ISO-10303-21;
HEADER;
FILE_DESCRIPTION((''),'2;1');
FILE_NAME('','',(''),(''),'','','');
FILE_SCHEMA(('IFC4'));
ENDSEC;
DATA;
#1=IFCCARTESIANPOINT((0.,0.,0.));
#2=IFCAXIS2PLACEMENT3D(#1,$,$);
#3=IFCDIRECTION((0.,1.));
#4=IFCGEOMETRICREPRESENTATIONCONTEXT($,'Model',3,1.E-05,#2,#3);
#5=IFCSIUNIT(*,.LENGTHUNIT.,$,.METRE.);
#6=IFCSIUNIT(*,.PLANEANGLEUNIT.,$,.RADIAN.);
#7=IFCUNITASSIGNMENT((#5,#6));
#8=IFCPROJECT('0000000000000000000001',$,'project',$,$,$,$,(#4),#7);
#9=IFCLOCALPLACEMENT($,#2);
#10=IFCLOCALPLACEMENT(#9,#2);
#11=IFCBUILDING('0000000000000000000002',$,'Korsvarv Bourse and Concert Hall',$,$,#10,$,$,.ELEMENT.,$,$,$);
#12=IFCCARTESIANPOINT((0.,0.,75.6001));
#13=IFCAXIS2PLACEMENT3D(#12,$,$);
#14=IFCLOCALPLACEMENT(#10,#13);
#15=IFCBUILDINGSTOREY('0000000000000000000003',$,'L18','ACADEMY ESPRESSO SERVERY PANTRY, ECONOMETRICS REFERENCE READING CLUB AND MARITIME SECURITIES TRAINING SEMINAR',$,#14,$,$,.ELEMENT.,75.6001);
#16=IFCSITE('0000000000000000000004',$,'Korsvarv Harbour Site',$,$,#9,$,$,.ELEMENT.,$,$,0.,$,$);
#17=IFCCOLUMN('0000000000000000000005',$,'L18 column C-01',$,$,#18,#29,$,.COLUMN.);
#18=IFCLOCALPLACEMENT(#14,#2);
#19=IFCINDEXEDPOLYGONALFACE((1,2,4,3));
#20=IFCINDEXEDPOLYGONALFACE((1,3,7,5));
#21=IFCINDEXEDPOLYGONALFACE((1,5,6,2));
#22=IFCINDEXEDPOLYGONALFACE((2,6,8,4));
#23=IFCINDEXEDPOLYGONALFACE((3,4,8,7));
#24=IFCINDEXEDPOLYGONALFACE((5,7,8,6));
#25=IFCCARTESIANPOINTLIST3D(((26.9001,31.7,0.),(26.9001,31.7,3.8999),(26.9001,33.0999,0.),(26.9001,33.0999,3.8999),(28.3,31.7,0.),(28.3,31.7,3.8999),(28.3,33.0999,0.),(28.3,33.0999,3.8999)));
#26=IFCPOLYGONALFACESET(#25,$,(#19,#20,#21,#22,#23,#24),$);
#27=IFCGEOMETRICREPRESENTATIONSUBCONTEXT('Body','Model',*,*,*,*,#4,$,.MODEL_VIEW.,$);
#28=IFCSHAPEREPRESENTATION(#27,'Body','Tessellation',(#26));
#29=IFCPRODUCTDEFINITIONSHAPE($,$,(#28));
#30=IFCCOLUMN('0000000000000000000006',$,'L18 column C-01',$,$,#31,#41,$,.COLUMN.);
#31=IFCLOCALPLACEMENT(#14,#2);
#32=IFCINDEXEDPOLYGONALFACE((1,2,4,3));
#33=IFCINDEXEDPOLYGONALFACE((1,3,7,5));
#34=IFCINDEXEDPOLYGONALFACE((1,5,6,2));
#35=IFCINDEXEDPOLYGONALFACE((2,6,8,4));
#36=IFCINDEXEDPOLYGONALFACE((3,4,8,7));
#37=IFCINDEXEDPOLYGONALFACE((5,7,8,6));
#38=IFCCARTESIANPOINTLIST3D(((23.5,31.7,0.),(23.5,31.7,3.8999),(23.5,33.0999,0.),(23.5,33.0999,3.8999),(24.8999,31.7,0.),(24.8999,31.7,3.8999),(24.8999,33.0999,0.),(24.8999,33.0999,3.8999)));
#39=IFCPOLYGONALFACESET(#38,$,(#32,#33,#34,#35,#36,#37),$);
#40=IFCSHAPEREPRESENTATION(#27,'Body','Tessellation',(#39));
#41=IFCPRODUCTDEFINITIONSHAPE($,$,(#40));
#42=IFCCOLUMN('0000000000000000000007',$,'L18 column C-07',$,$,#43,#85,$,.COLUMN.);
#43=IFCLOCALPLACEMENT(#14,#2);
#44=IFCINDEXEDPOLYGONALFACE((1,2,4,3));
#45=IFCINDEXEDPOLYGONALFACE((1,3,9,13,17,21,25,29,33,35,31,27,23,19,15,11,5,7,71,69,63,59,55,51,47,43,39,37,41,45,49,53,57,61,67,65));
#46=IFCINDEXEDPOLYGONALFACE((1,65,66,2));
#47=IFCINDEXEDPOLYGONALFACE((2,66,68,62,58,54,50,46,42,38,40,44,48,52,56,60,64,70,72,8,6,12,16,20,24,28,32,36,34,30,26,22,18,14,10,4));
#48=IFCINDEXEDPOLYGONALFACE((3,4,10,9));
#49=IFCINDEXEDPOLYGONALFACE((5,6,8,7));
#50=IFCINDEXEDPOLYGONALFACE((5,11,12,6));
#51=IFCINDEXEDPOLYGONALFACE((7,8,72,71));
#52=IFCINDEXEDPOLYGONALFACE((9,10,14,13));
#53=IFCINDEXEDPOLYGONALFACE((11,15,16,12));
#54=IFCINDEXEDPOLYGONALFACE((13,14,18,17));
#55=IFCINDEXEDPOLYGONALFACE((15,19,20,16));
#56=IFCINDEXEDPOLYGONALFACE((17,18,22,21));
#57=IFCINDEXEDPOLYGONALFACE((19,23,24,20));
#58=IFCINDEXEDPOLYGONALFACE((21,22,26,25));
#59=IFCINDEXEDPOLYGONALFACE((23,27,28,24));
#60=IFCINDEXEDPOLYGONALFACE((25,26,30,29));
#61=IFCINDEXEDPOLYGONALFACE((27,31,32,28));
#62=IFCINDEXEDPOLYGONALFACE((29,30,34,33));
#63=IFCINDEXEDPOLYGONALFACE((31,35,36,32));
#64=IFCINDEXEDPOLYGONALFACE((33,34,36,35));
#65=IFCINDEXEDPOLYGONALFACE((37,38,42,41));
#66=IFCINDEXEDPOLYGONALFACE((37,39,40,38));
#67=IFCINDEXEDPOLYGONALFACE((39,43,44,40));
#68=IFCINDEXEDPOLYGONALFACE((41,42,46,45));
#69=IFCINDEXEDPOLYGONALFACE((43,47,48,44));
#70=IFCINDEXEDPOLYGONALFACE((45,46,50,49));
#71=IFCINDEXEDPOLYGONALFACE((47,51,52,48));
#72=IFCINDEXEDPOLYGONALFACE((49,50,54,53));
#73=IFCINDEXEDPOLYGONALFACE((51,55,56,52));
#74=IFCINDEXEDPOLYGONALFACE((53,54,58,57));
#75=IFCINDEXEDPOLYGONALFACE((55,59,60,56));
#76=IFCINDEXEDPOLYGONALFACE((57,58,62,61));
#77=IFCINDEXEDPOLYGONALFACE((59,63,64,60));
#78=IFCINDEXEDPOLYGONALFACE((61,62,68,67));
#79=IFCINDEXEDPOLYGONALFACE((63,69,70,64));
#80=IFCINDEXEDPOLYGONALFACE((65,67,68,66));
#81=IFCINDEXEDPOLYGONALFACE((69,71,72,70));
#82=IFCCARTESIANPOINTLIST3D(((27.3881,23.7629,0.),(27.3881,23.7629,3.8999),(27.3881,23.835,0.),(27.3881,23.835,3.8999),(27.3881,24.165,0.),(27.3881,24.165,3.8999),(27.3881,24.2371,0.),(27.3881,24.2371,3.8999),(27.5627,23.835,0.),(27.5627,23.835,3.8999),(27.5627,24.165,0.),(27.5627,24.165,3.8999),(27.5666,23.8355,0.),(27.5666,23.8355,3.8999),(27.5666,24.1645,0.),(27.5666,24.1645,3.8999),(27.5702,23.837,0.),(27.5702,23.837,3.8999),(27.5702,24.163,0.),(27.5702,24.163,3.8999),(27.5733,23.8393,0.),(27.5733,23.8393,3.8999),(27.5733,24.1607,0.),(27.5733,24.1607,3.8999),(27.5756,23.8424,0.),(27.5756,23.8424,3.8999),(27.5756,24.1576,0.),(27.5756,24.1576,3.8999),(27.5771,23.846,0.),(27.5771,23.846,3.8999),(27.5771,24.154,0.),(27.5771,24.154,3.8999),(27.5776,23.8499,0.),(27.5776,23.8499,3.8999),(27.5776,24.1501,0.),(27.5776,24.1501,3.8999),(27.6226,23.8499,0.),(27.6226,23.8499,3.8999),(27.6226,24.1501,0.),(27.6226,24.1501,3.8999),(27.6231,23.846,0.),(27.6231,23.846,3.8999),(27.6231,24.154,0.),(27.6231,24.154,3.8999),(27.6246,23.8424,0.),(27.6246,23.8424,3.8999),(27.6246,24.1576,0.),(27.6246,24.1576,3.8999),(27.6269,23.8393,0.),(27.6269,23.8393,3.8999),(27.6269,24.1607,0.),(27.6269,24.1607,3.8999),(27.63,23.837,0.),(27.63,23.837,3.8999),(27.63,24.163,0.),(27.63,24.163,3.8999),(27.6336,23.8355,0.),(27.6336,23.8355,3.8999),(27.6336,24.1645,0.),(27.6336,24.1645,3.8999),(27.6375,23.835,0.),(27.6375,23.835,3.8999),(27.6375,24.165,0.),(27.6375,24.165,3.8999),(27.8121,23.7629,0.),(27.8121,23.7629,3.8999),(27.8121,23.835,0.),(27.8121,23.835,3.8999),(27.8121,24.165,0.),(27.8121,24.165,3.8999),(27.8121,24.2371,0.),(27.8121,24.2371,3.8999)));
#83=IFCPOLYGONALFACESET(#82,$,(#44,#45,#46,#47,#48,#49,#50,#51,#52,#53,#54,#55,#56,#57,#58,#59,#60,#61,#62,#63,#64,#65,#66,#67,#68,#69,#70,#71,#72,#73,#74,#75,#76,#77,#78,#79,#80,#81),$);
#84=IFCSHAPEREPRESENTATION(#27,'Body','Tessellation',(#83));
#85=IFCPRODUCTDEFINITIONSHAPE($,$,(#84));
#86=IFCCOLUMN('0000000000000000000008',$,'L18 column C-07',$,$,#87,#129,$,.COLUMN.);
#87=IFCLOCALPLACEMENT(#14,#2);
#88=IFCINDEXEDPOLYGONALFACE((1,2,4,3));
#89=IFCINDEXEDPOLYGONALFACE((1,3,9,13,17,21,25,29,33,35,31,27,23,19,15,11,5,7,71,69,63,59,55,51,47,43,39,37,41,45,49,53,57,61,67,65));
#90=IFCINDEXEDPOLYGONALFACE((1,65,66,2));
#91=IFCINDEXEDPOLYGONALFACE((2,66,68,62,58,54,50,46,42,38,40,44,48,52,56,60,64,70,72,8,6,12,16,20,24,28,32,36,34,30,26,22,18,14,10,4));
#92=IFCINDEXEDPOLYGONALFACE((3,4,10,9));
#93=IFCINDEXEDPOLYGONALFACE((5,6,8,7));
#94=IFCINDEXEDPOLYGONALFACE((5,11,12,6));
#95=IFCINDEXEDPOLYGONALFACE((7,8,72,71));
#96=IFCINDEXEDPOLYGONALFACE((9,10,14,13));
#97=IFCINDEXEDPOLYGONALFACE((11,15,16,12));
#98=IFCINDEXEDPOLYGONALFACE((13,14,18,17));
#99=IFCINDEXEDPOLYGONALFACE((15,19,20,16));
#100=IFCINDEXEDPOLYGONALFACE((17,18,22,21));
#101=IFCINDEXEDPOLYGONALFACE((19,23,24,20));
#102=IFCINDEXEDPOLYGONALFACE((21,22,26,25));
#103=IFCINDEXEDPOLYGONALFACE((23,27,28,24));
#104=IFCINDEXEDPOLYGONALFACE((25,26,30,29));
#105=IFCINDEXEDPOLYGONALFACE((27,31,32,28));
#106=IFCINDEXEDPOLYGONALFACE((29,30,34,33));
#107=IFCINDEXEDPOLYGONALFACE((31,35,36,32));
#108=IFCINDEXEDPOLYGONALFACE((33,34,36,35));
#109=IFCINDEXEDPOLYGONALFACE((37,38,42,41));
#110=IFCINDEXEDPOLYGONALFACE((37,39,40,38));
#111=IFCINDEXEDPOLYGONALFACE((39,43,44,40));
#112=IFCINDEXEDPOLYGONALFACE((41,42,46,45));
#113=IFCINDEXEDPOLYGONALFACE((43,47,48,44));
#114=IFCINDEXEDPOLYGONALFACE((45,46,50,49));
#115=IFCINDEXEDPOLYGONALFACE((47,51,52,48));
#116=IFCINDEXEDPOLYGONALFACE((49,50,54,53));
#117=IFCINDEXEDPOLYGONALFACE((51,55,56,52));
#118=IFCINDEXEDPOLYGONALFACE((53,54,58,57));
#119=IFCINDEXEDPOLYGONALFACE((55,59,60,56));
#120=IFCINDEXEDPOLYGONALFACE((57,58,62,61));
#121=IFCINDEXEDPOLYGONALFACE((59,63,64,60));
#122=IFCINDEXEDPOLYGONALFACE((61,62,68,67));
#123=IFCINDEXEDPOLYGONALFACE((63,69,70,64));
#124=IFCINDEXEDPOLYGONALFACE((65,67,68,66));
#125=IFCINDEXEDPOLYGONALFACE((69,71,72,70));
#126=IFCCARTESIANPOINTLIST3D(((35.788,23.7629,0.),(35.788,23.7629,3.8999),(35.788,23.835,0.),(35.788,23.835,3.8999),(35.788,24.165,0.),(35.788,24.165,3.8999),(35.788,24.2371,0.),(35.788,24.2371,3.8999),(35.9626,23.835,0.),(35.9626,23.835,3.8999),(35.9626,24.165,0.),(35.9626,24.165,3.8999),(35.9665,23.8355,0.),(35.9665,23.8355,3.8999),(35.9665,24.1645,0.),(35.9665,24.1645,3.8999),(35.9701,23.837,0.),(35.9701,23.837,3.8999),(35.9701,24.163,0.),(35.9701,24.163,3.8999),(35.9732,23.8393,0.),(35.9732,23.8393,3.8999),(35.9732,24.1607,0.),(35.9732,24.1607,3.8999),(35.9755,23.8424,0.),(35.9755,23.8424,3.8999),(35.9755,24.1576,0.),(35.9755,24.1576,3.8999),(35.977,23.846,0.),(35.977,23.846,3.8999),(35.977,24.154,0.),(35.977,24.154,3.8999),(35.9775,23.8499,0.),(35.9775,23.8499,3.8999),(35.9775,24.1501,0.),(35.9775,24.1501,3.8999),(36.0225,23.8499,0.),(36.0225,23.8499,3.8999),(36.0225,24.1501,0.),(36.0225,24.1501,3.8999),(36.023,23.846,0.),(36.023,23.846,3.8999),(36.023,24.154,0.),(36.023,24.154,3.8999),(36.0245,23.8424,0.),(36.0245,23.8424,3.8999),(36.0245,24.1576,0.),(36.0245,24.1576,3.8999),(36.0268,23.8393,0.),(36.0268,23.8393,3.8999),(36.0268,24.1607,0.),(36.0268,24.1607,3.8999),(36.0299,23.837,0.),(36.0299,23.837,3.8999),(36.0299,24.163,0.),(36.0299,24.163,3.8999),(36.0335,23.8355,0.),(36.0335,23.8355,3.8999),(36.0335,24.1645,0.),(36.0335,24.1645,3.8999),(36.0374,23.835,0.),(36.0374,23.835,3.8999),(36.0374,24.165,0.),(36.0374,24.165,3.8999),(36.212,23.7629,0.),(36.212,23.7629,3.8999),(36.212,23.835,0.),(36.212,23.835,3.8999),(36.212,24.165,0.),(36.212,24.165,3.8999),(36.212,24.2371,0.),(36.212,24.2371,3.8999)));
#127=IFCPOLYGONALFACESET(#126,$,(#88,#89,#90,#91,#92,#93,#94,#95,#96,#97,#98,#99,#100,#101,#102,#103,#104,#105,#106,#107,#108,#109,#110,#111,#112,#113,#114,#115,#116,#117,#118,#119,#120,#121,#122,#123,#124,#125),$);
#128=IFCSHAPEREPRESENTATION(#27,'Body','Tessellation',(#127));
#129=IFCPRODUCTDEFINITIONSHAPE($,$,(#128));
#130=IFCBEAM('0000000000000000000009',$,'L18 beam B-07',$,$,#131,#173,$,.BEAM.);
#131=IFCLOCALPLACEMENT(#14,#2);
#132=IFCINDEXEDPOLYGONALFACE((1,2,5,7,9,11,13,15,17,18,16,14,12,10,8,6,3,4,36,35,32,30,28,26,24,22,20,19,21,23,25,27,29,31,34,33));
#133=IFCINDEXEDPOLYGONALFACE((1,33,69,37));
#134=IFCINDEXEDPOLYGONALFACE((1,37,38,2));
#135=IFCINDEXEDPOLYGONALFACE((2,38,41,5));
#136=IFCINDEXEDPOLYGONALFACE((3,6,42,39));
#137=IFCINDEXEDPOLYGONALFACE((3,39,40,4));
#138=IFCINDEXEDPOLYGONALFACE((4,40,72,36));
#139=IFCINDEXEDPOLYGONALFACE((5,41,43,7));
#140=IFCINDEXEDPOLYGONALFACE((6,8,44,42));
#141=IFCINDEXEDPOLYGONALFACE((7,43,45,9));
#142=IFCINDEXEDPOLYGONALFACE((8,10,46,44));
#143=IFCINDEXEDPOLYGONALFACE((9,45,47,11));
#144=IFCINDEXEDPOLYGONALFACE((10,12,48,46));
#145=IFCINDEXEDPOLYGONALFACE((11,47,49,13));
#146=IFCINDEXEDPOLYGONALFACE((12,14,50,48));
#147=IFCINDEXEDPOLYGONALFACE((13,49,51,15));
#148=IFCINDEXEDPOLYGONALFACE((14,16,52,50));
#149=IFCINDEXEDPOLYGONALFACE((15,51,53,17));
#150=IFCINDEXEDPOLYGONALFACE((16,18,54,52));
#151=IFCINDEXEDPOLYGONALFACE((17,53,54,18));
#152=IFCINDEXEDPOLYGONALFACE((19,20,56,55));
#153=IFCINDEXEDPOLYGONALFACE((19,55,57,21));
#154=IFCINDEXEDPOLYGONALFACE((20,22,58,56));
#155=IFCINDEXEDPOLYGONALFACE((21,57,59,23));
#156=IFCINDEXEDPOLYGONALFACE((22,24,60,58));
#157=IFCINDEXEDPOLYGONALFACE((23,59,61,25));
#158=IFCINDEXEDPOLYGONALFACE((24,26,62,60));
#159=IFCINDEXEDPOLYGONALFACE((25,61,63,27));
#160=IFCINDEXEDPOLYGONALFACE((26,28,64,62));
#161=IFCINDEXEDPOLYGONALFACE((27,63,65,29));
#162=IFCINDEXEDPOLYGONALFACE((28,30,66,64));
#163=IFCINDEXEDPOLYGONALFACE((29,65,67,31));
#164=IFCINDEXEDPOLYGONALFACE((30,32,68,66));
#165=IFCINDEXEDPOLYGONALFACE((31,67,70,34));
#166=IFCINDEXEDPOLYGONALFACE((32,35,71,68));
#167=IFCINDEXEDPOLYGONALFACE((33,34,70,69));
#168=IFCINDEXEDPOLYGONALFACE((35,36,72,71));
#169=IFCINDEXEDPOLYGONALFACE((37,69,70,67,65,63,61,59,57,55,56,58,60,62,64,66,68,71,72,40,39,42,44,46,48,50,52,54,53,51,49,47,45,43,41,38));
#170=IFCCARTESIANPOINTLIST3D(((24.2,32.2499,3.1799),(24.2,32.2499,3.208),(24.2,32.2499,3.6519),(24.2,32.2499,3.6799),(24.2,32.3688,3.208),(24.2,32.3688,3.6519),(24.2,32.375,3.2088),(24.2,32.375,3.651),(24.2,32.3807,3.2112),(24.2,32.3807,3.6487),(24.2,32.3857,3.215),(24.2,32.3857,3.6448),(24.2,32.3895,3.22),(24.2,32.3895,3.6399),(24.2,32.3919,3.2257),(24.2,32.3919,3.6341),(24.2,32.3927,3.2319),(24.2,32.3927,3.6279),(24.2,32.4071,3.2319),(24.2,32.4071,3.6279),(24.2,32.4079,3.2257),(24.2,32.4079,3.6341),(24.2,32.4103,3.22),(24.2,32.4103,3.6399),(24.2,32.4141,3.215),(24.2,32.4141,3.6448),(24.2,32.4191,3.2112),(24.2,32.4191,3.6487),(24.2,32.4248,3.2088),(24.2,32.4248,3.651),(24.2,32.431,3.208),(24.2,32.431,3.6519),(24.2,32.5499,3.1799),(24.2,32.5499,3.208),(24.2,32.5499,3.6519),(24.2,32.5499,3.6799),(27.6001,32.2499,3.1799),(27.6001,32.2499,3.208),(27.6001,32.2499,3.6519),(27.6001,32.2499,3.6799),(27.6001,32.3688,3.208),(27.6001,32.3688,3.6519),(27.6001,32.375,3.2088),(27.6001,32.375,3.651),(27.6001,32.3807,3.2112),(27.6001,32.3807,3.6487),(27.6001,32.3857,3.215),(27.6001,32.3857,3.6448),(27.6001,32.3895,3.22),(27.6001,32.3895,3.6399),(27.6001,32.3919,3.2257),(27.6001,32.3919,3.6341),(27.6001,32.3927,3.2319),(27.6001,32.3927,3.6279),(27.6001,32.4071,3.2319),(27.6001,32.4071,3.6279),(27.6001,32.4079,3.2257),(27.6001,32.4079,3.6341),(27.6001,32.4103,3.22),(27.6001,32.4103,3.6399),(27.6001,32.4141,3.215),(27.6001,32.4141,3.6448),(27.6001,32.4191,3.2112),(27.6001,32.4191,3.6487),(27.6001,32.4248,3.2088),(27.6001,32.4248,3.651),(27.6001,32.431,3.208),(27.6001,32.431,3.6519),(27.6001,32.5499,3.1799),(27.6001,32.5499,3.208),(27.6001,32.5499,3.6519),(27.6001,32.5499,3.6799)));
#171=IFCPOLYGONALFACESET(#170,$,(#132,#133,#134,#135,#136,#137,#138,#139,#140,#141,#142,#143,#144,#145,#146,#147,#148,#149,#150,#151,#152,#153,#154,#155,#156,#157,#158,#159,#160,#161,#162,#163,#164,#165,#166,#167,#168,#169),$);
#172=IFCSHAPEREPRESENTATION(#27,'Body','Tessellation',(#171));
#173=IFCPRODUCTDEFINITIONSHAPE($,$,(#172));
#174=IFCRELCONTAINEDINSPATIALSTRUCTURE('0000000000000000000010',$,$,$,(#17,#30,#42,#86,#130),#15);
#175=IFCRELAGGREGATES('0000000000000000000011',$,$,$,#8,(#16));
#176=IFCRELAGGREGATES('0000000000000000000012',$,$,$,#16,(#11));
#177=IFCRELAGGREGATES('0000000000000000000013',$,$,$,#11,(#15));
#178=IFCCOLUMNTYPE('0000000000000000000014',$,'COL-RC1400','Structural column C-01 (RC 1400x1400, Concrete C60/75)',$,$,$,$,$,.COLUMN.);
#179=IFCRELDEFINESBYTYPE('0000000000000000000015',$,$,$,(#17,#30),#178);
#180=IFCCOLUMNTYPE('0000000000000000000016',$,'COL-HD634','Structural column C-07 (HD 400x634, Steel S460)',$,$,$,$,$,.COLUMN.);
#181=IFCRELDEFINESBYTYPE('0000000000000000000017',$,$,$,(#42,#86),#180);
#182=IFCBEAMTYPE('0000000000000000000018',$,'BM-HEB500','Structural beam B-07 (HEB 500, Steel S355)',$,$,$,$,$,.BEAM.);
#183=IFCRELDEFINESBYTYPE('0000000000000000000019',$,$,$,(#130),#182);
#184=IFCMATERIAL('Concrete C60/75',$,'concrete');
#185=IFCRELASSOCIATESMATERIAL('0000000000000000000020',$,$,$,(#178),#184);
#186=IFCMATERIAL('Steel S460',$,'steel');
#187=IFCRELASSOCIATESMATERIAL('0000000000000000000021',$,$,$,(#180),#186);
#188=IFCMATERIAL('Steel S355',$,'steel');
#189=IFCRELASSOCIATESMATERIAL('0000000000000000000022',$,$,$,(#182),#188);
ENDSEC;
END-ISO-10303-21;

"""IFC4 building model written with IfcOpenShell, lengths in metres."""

from ifc_helpers import new_model, si_unit, direction, frame, origin, origin_2d, place, context, subcontext, project, spatial, rectangle, i_section, extrude, source, transform, mapped, material, material_profile, profile_set, type_object, element, save


model = new_model("IFC4")

# Units and contexts
model_context = context("Model", 3, precision=1e-05, world=origin(), true_north=direction((0.0, 1.0)))
body_context = subcontext(model_context, "Body", "Model", "MODEL_VIEW")
ifc_project = project(units=[si_unit("LENGTHUNIT", "METRE"), si_unit("PLANEANGLEUNIT", "RADIAN")], contexts=[model_context])

# Site, building, storey
site_placement = place(None, origin())
site = spatial("IfcSite", under=ifc_project, at=site_placement, Name="Korsvarv Harbour Site", CompositionType="ELEMENT", RefElevation=0.0)
building_placement = place(site_placement, origin())
building = spatial("IfcBuilding", under=site, at=building_placement, Name="Korsvarv Bourse and Concert Hall", CompositionType="ELEMENT")
storey_placement = place(building_placement, frame((0.0, 0.0, 75.6001)))
storey = spatial("IfcBuildingStorey", under=building, at=storey_placement, Name="L18", Description="ACADEMY ESPRESSO SERVERY PANTRY, ECONOMETRICS REFERENCE READING CLUB AND MARITIME SECURITIES TRAINING SEMINAR", CompositionType="ELEMENT", Elevation=75.6001)

# Columns
ifc_material_1 = material(Name="Concrete C60/75", Category="concrete")
ifc_material_profile_1 = material_profile(ifc_material_1, rectangle(XDim=1.3999, YDim=1.3999, at=origin_2d()), Name="RC 1400x1400")
ifc_profile_set_1 = profile_set([ifc_material_profile_1], Name="Concrete C60/75")
column_type_1 = type_object("IfcColumnType", Name="COL-RC1400", Description="Structural column C-01 (RC 1400x1400, Concrete C60/75)", PredefinedType="COLUMN", material=ifc_profile_set_1)
shared_shape_1 = source(origin(), body_context, "Body", "SweptSolid", [
    extrude(rectangle(XDim=1.3999, YDim=1.3999, at=origin_2d()), origin(), (0.0, 0.0, 1.0), 3.8999),
])
for number, where, z_axis, x_axis, name in (
    (1, (27.6001, 32.3999, 0.0), (0.0, 0.0, 1.0), (1.0, 0.0, 0.0), "L18 column C-01"),
    (2, (24.2, 32.3999, 0.0), (0.0, 0.0, 1.0), (1.0, 0.0, 0.0), "L18 column C-01"),
):
    element("IfcColumn", number, at=place(storey_placement, frame(where, z_axis=z_axis, x_axis=x_axis)), inside=storey, type_object=column_type_1, Name=name, PredefinedType="COLUMN", context=body_context, shape_type="MappedRepresentation", body=[
        mapped(shared_shape_1, transform((0.0, 0.0, 0.0), scale=1.0)),
    ])
ifc_material_2 = material(Name="Steel S460", Category="steel")
ifc_material_profile_2 = material_profile(ifc_material_2, i_section(OverallWidth=0.4241, OverallDepth=0.4741, WebThickness=0.0449, FlangeThickness=0.072, FilletRadius=0.0149, at=origin_2d()), Name="HD 400x634")
ifc_profile_set_2 = profile_set([ifc_material_profile_2], Name="Steel S460")
column_type_2 = type_object("IfcColumnType", Name="COL-HD634", Description="Structural column C-07 (HD 400x634, Steel S460)", PredefinedType="COLUMN", material=ifc_profile_set_2)
shared_shape_2 = source(origin(), body_context, "Body", "SweptSolid", [
    extrude(i_section(OverallWidth=0.4241, OverallDepth=0.4741, WebThickness=0.0449, FlangeThickness=0.072, FilletRadius=0.0149, at=origin_2d()), origin(), (0.0, 0.0, 1.0), 3.8999),
])
for number, where, z_axis, x_axis, name in (
    (3, (27.6001, 24.0, 0.0), (0.0, 0.0, 1.0), (1.0, 0.0, 0.0), "L18 column C-07"),
    (4, (36.0, 24.0, 0.0), (0.0, 0.0, 1.0), (1.0, 0.0, 0.0), "L18 column C-07"),
):
    element("IfcColumn", number, at=place(storey_placement, frame(where, z_axis=z_axis, x_axis=x_axis)), inside=storey, type_object=column_type_2, Name=name, PredefinedType="COLUMN", context=body_context, shape_type="MappedRepresentation", body=[
        mapped(shared_shape_2, transform((0.0, 0.0, 0.0), scale=1.0)),
    ])

# Beam
ifc_material_3 = material(Name="Steel S355", Category="steel")
ifc_material_profile_3 = material_profile(ifc_material_3, i_section(OverallWidth=0.3, OverallDepth=0.5, WebThickness=0.0144, FlangeThickness=0.0281, FilletRadius=0.0239, at=origin_2d()), Name="HEB 500")
ifc_profile_set_3 = profile_set([ifc_material_profile_3], Name="Steel S355")
beam_type_1 = type_object("IfcBeamType", Name="BM-HEB500", Description="Structural beam B-07 (HEB 500, Steel S355)", PredefinedType="BEAM", material=ifc_profile_set_3)
shared_shape_3 = source(origin(), body_context, "Body", "SweptSolid", [
    extrude(i_section(OverallWidth=0.3, OverallDepth=0.5, WebThickness=0.0144, FlangeThickness=0.0281, FilletRadius=0.0239, at=origin_2d()), origin(), (0.0, 0.0, 1.0), 3.4001),
])
beam_1_placement = place(storey_placement, frame((24.2, 32.3999, 3.4299), z_axis=(1.0, 0.0, 0.0), x_axis=(0.0, 1.0, 0.0)))
element("IfcBeam", 5, at=beam_1_placement, inside=storey, type_object=beam_type_1, Name="L18 beam B-07", PredefinedType="BEAM", context=body_context, shape_type="MappedRepresentation", body=[
    mapped(shared_shape_3, transform((0.0, 0.0, 0.0), scale=1.0)),
])

save(model, "model.ifc")
